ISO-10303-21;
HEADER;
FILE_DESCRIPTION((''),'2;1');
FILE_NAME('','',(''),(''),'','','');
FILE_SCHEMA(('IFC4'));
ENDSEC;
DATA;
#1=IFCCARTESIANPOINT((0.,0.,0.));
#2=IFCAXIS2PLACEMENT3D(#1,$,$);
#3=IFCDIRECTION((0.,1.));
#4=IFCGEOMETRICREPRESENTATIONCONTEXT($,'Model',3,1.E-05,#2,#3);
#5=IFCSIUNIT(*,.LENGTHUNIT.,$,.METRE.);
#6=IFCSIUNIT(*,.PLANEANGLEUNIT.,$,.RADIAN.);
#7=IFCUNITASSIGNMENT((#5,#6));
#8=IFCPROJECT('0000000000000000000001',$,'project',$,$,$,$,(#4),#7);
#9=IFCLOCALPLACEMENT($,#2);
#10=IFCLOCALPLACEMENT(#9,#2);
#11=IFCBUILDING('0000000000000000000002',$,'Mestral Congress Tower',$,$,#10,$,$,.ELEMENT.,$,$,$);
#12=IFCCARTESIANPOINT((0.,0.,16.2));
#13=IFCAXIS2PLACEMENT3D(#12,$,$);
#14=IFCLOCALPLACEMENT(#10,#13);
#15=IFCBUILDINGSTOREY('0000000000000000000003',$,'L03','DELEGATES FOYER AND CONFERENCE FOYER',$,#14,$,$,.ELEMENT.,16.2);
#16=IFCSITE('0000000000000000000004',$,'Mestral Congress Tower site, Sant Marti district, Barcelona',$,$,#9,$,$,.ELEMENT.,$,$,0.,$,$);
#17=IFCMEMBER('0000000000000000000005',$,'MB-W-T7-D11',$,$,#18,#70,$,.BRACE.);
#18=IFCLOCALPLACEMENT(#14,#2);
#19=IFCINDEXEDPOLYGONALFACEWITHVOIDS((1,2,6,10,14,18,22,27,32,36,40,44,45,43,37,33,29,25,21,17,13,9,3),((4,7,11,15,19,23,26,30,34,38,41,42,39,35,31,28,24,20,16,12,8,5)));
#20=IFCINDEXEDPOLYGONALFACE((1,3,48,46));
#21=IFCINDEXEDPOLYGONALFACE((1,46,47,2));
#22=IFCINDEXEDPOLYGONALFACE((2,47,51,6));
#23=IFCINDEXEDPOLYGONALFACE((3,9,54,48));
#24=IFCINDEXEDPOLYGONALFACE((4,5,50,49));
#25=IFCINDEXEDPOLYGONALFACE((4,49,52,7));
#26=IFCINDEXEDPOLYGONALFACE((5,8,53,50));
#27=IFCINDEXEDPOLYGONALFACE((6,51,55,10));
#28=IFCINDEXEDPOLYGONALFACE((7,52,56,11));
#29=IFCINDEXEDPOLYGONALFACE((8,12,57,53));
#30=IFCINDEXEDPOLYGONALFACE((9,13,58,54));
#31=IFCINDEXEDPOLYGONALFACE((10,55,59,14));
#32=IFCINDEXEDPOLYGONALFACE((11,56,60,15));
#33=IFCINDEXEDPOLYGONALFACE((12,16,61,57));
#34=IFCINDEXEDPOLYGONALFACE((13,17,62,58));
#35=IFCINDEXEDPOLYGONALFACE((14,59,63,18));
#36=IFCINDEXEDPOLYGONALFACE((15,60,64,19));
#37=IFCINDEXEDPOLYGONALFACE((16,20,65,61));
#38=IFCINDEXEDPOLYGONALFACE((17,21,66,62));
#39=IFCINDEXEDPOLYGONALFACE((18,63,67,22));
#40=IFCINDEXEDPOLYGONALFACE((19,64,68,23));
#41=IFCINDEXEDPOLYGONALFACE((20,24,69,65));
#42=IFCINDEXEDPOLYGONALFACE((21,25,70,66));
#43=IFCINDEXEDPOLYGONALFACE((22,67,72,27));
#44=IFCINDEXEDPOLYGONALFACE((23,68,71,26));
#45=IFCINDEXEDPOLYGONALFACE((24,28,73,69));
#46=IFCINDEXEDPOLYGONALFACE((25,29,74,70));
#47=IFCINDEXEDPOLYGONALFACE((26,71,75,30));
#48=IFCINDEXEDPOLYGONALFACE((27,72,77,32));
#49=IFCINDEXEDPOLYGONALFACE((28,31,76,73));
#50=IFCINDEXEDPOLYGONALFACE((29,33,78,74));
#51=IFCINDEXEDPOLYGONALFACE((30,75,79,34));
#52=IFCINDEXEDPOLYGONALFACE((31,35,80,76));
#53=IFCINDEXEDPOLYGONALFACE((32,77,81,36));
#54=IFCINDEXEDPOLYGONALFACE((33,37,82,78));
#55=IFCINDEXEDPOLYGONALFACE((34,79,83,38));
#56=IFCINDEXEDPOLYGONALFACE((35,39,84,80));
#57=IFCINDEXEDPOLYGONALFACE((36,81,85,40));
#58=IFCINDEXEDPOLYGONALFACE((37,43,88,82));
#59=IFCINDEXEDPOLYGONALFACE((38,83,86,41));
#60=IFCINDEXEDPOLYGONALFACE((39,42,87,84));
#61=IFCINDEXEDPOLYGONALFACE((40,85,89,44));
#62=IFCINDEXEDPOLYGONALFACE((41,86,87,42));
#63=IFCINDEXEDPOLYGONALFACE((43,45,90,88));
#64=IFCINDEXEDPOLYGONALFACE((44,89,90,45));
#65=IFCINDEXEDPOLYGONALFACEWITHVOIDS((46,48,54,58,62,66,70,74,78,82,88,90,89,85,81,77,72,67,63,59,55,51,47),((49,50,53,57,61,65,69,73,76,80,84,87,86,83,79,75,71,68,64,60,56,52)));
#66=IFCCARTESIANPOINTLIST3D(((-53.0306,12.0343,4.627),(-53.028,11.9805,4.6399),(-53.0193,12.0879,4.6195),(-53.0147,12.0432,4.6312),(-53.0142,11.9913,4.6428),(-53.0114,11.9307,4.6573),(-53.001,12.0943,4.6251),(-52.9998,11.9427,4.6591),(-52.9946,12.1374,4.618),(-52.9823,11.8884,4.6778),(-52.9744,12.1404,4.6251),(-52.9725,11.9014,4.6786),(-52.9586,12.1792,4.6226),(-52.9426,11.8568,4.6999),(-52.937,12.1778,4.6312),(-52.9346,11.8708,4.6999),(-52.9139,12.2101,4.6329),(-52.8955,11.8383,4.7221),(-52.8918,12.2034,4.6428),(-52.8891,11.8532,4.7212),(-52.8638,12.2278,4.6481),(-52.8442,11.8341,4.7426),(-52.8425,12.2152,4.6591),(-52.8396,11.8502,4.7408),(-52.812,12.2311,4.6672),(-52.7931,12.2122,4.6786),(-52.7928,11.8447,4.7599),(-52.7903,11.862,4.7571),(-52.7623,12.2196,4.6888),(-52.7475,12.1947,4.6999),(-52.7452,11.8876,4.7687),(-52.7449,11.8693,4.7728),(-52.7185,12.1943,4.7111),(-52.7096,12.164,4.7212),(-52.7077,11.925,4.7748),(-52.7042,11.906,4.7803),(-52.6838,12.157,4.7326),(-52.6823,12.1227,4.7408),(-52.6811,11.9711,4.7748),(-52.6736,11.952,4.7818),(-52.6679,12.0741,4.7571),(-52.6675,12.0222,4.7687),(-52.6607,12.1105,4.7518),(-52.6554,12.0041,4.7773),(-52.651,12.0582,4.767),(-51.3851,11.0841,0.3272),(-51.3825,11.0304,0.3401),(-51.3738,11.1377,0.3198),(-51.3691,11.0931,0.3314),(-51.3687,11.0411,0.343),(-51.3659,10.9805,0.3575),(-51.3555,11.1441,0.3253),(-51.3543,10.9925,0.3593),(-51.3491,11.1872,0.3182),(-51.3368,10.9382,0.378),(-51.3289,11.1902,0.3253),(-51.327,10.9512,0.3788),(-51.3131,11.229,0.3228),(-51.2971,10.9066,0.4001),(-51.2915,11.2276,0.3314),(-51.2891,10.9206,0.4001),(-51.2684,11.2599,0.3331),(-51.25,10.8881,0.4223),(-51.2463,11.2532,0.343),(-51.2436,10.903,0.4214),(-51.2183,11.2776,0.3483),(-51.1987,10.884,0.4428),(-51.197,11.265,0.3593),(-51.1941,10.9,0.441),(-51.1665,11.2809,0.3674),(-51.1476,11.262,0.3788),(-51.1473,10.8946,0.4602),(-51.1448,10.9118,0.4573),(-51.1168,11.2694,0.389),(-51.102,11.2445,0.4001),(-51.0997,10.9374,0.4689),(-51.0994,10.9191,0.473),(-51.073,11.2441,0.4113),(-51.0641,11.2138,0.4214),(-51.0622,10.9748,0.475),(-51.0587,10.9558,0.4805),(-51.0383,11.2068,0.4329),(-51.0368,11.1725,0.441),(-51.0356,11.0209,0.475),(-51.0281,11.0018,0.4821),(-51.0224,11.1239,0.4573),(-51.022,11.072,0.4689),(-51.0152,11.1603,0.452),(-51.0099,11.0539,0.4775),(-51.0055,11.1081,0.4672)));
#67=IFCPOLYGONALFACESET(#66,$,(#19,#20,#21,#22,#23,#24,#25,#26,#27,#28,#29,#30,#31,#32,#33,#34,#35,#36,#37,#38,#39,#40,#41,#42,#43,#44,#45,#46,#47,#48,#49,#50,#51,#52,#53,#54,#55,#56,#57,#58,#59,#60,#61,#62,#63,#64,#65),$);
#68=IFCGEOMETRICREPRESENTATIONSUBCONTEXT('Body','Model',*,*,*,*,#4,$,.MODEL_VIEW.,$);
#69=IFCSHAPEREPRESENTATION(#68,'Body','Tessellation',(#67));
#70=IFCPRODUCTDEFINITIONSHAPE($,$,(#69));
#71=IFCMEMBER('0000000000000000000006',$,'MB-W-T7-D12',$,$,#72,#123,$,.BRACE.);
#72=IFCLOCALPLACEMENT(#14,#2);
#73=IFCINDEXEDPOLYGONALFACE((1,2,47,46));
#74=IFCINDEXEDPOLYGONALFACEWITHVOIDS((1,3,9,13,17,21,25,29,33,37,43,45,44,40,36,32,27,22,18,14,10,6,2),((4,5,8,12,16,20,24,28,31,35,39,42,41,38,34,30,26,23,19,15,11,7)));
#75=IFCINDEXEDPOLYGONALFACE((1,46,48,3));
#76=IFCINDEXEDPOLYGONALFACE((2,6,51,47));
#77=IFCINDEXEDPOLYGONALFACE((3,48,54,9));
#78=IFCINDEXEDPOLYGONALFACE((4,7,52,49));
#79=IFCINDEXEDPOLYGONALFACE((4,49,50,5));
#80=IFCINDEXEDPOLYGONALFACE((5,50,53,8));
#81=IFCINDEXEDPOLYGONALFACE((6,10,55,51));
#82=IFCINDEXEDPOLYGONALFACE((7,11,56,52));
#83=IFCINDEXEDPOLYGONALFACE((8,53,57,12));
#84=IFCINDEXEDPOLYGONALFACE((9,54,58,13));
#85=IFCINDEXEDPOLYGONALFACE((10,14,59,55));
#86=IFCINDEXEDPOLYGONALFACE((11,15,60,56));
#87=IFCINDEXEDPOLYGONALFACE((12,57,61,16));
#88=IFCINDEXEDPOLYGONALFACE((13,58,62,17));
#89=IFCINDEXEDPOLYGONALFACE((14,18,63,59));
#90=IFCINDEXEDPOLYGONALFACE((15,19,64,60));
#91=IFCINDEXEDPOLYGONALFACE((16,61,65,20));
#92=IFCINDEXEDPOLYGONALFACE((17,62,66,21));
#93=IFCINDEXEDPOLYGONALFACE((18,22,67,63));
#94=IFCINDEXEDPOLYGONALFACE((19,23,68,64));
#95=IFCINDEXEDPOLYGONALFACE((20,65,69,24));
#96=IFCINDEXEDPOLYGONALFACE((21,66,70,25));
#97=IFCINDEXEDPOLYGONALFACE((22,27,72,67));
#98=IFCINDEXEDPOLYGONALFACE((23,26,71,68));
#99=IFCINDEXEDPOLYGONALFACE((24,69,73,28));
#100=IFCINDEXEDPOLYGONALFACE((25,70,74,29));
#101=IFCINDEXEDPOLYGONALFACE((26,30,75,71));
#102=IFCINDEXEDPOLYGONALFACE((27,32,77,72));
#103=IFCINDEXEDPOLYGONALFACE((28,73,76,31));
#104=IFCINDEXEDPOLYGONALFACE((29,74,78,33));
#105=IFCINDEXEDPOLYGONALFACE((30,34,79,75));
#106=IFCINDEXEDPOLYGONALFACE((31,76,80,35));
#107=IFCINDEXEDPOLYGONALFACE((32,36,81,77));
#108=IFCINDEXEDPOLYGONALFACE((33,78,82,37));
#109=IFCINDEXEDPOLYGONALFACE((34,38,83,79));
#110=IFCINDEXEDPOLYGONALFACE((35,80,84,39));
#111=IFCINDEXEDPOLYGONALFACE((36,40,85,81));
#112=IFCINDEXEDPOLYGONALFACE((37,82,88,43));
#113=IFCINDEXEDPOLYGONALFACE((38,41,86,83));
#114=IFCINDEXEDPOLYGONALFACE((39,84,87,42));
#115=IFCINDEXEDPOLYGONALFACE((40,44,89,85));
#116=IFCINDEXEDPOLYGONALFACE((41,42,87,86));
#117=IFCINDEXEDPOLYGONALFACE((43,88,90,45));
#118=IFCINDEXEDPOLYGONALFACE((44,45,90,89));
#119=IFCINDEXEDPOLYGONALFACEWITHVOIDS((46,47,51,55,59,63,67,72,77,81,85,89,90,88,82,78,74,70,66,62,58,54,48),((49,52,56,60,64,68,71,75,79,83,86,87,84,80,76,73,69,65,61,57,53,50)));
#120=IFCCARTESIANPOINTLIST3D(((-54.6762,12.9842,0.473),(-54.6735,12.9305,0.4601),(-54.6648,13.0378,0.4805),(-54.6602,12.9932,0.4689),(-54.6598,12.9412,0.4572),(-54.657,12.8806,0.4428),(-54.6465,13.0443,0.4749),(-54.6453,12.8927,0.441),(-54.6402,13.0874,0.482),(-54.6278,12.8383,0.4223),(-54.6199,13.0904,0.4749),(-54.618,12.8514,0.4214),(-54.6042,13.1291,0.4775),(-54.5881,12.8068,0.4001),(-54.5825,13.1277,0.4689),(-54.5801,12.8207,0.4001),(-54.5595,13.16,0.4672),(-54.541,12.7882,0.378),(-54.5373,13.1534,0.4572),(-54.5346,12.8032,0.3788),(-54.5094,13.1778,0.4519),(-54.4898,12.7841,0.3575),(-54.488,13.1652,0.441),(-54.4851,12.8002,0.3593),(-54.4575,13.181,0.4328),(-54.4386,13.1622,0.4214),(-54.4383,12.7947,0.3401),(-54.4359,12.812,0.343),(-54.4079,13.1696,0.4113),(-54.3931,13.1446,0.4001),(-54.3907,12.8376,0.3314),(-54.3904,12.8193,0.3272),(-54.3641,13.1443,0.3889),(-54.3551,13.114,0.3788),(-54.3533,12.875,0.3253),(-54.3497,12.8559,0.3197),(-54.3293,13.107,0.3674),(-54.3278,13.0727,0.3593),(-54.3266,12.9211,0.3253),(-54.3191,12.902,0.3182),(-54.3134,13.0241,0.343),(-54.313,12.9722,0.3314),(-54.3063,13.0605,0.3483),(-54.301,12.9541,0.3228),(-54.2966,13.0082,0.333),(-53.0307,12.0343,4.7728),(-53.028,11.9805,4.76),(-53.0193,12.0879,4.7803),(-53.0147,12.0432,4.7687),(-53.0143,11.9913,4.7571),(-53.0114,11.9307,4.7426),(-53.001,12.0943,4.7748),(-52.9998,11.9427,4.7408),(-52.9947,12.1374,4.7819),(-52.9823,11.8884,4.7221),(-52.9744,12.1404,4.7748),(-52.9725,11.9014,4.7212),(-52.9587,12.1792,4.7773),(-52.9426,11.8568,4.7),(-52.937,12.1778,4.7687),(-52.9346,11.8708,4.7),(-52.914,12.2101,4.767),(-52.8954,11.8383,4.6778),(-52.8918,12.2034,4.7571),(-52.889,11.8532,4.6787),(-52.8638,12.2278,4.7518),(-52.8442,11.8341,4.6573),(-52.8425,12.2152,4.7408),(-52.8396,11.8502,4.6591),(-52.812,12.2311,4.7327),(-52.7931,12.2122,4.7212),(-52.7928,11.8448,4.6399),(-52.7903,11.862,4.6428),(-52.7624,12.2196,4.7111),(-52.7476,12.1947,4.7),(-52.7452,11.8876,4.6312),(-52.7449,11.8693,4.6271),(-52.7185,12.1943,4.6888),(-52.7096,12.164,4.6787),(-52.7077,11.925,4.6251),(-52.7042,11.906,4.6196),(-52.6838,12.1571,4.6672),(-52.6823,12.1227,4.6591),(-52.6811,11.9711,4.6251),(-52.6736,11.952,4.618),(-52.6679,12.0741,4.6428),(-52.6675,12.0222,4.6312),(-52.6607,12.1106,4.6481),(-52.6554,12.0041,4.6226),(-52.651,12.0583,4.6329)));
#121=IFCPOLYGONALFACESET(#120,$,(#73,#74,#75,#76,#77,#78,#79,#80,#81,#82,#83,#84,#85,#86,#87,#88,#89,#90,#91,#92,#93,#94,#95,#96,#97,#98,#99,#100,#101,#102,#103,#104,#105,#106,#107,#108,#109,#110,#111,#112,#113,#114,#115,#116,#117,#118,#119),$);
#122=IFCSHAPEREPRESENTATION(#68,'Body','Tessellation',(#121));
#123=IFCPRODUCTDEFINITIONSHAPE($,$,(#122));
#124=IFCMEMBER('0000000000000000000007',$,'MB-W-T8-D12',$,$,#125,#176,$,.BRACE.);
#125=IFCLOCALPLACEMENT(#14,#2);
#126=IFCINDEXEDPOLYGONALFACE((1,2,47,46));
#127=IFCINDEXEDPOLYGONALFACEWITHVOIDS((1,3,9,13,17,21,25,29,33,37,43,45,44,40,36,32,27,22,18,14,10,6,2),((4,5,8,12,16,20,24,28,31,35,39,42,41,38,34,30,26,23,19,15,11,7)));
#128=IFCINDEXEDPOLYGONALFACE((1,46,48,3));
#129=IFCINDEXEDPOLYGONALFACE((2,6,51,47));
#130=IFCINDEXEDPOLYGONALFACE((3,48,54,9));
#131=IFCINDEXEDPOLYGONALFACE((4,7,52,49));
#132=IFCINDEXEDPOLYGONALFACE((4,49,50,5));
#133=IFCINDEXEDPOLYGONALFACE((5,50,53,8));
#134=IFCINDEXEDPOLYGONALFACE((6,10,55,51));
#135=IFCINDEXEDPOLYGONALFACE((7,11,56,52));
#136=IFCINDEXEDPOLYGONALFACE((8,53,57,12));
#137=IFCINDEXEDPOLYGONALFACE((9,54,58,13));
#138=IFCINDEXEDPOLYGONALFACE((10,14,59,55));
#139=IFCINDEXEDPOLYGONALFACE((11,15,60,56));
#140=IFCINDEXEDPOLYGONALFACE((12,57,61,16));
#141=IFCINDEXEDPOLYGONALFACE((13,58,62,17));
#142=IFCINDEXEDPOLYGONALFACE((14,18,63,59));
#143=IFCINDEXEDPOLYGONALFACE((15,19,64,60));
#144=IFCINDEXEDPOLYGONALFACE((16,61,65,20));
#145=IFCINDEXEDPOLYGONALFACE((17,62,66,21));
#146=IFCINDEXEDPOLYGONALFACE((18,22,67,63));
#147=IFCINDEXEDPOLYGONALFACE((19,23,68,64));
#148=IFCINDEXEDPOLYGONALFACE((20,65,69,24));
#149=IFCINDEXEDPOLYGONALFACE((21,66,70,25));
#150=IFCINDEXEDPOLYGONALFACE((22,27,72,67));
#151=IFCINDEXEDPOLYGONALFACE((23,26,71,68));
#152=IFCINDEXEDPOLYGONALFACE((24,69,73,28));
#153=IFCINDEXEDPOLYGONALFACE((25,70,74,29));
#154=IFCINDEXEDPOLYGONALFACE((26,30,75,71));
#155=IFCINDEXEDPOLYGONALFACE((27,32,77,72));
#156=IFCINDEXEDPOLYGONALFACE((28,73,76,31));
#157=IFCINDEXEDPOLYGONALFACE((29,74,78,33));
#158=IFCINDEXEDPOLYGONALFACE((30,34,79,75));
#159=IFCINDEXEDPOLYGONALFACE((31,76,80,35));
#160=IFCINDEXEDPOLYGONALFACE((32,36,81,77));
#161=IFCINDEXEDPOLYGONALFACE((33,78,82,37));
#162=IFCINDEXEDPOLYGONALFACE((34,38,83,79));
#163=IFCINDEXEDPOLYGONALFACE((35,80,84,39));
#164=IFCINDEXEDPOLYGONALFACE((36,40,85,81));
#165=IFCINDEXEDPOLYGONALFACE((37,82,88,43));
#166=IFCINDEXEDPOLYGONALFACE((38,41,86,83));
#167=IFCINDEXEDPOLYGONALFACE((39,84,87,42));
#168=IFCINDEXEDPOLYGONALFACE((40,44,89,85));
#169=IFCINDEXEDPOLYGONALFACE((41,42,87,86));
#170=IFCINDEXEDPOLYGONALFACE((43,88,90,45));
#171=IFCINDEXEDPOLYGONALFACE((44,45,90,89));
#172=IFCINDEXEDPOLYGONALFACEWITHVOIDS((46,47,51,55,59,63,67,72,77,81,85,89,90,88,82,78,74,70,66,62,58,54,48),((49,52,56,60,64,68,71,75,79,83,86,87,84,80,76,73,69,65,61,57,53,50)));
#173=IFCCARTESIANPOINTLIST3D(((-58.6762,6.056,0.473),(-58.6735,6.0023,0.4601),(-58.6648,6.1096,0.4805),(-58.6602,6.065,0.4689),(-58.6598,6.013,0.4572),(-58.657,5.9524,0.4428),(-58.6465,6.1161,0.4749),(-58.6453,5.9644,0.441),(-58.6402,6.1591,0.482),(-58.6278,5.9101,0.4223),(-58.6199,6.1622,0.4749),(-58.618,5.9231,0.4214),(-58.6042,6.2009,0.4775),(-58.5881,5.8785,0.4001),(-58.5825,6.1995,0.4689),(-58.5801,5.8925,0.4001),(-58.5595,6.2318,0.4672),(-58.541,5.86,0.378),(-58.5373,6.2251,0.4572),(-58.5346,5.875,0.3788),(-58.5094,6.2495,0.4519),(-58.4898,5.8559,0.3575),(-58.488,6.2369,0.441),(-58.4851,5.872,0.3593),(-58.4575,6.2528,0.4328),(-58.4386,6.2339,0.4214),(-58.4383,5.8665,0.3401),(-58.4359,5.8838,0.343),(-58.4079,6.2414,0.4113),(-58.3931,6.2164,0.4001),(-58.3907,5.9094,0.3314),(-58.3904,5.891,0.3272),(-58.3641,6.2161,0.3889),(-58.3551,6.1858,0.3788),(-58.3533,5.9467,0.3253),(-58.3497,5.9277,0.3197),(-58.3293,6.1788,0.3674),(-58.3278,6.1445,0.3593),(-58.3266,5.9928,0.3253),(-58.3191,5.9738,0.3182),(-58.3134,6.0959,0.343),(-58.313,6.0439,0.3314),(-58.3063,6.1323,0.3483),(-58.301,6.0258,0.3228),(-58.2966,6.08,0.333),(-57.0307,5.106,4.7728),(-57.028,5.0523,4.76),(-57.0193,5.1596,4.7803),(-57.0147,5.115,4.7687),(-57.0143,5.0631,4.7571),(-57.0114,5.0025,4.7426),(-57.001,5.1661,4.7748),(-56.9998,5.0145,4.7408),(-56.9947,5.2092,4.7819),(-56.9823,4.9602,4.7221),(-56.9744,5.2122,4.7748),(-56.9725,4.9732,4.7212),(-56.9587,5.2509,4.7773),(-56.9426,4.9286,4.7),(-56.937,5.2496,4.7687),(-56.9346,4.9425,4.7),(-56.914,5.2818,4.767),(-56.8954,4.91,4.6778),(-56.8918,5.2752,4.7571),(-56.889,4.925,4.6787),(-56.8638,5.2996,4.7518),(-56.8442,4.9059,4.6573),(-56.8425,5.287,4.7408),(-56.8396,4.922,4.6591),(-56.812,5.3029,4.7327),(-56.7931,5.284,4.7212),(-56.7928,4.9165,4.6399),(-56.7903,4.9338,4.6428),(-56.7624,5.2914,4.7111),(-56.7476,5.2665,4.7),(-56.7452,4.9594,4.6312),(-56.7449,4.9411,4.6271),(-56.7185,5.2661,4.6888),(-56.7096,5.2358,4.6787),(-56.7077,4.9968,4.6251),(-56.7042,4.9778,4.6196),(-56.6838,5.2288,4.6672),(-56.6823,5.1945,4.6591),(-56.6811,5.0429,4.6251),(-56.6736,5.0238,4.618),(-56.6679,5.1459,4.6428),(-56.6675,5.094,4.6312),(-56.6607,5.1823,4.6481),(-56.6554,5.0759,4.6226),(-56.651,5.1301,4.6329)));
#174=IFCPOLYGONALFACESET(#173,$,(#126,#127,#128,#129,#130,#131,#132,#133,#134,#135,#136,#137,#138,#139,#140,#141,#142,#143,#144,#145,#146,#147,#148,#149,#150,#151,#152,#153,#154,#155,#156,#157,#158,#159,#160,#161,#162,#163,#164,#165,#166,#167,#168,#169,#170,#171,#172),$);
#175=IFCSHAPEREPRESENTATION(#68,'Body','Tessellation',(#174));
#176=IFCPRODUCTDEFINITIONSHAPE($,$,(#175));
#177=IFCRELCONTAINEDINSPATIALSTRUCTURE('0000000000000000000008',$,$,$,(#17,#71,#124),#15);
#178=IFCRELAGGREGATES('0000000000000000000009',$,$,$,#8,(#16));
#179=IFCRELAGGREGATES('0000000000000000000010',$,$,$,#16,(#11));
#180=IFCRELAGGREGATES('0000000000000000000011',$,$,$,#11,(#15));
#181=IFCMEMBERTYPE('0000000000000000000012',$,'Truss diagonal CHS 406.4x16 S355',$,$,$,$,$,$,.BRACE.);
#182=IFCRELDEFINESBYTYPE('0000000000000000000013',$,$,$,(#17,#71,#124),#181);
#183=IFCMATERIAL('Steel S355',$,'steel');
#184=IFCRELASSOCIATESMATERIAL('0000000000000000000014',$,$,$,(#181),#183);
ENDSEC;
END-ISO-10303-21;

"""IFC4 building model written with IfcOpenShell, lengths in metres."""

from ifc_helpers import new_model, si_unit, direction, frame, origin, origin_2d, place, context, subcontext, project, spatial, hollow_circle, extrude, material, material_profile, profile_set, type_object, element, save


model = new_model("IFC4")

# Units and contexts
model_context = context("Model", 3, precision=1e-05, world=origin(), true_north=direction((0.0, 1.0)))
body_context = subcontext(model_context, "Body", "Model", "MODEL_VIEW")
ifc_project = project(units=[si_unit("LENGTHUNIT", "METRE"), si_unit("PLANEANGLEUNIT", "RADIAN")], contexts=[model_context])

# Site, building, storey
site_placement = place(None, origin())
site = spatial("IfcSite", under=ifc_project, at=site_placement, Name="Mestral Congress Tower site, Sant Marti district, Barcelona", CompositionType="ELEMENT", RefElevation=0.0)
building_placement = place(site_placement, origin())
building = spatial("IfcBuilding", under=site, at=building_placement, Name="Mestral Congress Tower", CompositionType="ELEMENT")
storey_placement = place(building_placement, frame((0.0, 0.0, 16.2)))
storey = spatial("IfcBuildingStorey", under=building, at=storey_placement, Name="L03", Description="DELEGATES FOYER AND CONFERENCE FOYER", CompositionType="ELEMENT", Elevation=16.2)

# Members
ifc_material = material(Name="Steel S355", Category="steel")
ifc_material_profile_1 = material_profile(ifc_material, hollow_circle(Radius=0.2031, WallThickness=0.0161, at=origin_2d()), Name="CHS 406.4x16")
ifc_profile_set_1 = profile_set([ifc_material_profile_1], Name="Steel S355")
member_type_1 = type_object("IfcMemberType", Name="Truss diagonal CHS 406.4x16 S355", PredefinedType="BRACE", material=ifc_profile_set_1)
for number, where, z_axis, x_axis, name in (
    (1, (-51.1956, 11.0825, 0.4001), (-0.350038, 0.202129, 0.914668), (-0.500064, -0.865989, 0.0), "MB-W-T7-D11"),
    (2, (-52.8411, 12.0327, 4.7), (-0.350041, 0.202079, -0.914678), (-0.499967, -0.866044, 0.0), "MB-W-T7-D12"),
    (3, (-56.8411, 5.1045, 4.7), (-0.350041, 0.202079, -0.914678), (-0.499967, -0.866044, 0.0), "MB-W-T8-D12"),
):
    element("IfcMember", number, at=place(storey_placement, frame(where, z_axis=z_axis, x_axis=x_axis)), inside=storey, type_object=member_type_1, Name=name, PredefinedType="BRACE", context=body_context, shape_type="SweptSolid", body=[
        extrude(hollow_circle(Radius=0.2031, WallThickness=0.0161, at=origin_2d()), origin(), (0.0, 0.0, 1.0), 4.7009),
    ])

save(model, "model.ifc")
